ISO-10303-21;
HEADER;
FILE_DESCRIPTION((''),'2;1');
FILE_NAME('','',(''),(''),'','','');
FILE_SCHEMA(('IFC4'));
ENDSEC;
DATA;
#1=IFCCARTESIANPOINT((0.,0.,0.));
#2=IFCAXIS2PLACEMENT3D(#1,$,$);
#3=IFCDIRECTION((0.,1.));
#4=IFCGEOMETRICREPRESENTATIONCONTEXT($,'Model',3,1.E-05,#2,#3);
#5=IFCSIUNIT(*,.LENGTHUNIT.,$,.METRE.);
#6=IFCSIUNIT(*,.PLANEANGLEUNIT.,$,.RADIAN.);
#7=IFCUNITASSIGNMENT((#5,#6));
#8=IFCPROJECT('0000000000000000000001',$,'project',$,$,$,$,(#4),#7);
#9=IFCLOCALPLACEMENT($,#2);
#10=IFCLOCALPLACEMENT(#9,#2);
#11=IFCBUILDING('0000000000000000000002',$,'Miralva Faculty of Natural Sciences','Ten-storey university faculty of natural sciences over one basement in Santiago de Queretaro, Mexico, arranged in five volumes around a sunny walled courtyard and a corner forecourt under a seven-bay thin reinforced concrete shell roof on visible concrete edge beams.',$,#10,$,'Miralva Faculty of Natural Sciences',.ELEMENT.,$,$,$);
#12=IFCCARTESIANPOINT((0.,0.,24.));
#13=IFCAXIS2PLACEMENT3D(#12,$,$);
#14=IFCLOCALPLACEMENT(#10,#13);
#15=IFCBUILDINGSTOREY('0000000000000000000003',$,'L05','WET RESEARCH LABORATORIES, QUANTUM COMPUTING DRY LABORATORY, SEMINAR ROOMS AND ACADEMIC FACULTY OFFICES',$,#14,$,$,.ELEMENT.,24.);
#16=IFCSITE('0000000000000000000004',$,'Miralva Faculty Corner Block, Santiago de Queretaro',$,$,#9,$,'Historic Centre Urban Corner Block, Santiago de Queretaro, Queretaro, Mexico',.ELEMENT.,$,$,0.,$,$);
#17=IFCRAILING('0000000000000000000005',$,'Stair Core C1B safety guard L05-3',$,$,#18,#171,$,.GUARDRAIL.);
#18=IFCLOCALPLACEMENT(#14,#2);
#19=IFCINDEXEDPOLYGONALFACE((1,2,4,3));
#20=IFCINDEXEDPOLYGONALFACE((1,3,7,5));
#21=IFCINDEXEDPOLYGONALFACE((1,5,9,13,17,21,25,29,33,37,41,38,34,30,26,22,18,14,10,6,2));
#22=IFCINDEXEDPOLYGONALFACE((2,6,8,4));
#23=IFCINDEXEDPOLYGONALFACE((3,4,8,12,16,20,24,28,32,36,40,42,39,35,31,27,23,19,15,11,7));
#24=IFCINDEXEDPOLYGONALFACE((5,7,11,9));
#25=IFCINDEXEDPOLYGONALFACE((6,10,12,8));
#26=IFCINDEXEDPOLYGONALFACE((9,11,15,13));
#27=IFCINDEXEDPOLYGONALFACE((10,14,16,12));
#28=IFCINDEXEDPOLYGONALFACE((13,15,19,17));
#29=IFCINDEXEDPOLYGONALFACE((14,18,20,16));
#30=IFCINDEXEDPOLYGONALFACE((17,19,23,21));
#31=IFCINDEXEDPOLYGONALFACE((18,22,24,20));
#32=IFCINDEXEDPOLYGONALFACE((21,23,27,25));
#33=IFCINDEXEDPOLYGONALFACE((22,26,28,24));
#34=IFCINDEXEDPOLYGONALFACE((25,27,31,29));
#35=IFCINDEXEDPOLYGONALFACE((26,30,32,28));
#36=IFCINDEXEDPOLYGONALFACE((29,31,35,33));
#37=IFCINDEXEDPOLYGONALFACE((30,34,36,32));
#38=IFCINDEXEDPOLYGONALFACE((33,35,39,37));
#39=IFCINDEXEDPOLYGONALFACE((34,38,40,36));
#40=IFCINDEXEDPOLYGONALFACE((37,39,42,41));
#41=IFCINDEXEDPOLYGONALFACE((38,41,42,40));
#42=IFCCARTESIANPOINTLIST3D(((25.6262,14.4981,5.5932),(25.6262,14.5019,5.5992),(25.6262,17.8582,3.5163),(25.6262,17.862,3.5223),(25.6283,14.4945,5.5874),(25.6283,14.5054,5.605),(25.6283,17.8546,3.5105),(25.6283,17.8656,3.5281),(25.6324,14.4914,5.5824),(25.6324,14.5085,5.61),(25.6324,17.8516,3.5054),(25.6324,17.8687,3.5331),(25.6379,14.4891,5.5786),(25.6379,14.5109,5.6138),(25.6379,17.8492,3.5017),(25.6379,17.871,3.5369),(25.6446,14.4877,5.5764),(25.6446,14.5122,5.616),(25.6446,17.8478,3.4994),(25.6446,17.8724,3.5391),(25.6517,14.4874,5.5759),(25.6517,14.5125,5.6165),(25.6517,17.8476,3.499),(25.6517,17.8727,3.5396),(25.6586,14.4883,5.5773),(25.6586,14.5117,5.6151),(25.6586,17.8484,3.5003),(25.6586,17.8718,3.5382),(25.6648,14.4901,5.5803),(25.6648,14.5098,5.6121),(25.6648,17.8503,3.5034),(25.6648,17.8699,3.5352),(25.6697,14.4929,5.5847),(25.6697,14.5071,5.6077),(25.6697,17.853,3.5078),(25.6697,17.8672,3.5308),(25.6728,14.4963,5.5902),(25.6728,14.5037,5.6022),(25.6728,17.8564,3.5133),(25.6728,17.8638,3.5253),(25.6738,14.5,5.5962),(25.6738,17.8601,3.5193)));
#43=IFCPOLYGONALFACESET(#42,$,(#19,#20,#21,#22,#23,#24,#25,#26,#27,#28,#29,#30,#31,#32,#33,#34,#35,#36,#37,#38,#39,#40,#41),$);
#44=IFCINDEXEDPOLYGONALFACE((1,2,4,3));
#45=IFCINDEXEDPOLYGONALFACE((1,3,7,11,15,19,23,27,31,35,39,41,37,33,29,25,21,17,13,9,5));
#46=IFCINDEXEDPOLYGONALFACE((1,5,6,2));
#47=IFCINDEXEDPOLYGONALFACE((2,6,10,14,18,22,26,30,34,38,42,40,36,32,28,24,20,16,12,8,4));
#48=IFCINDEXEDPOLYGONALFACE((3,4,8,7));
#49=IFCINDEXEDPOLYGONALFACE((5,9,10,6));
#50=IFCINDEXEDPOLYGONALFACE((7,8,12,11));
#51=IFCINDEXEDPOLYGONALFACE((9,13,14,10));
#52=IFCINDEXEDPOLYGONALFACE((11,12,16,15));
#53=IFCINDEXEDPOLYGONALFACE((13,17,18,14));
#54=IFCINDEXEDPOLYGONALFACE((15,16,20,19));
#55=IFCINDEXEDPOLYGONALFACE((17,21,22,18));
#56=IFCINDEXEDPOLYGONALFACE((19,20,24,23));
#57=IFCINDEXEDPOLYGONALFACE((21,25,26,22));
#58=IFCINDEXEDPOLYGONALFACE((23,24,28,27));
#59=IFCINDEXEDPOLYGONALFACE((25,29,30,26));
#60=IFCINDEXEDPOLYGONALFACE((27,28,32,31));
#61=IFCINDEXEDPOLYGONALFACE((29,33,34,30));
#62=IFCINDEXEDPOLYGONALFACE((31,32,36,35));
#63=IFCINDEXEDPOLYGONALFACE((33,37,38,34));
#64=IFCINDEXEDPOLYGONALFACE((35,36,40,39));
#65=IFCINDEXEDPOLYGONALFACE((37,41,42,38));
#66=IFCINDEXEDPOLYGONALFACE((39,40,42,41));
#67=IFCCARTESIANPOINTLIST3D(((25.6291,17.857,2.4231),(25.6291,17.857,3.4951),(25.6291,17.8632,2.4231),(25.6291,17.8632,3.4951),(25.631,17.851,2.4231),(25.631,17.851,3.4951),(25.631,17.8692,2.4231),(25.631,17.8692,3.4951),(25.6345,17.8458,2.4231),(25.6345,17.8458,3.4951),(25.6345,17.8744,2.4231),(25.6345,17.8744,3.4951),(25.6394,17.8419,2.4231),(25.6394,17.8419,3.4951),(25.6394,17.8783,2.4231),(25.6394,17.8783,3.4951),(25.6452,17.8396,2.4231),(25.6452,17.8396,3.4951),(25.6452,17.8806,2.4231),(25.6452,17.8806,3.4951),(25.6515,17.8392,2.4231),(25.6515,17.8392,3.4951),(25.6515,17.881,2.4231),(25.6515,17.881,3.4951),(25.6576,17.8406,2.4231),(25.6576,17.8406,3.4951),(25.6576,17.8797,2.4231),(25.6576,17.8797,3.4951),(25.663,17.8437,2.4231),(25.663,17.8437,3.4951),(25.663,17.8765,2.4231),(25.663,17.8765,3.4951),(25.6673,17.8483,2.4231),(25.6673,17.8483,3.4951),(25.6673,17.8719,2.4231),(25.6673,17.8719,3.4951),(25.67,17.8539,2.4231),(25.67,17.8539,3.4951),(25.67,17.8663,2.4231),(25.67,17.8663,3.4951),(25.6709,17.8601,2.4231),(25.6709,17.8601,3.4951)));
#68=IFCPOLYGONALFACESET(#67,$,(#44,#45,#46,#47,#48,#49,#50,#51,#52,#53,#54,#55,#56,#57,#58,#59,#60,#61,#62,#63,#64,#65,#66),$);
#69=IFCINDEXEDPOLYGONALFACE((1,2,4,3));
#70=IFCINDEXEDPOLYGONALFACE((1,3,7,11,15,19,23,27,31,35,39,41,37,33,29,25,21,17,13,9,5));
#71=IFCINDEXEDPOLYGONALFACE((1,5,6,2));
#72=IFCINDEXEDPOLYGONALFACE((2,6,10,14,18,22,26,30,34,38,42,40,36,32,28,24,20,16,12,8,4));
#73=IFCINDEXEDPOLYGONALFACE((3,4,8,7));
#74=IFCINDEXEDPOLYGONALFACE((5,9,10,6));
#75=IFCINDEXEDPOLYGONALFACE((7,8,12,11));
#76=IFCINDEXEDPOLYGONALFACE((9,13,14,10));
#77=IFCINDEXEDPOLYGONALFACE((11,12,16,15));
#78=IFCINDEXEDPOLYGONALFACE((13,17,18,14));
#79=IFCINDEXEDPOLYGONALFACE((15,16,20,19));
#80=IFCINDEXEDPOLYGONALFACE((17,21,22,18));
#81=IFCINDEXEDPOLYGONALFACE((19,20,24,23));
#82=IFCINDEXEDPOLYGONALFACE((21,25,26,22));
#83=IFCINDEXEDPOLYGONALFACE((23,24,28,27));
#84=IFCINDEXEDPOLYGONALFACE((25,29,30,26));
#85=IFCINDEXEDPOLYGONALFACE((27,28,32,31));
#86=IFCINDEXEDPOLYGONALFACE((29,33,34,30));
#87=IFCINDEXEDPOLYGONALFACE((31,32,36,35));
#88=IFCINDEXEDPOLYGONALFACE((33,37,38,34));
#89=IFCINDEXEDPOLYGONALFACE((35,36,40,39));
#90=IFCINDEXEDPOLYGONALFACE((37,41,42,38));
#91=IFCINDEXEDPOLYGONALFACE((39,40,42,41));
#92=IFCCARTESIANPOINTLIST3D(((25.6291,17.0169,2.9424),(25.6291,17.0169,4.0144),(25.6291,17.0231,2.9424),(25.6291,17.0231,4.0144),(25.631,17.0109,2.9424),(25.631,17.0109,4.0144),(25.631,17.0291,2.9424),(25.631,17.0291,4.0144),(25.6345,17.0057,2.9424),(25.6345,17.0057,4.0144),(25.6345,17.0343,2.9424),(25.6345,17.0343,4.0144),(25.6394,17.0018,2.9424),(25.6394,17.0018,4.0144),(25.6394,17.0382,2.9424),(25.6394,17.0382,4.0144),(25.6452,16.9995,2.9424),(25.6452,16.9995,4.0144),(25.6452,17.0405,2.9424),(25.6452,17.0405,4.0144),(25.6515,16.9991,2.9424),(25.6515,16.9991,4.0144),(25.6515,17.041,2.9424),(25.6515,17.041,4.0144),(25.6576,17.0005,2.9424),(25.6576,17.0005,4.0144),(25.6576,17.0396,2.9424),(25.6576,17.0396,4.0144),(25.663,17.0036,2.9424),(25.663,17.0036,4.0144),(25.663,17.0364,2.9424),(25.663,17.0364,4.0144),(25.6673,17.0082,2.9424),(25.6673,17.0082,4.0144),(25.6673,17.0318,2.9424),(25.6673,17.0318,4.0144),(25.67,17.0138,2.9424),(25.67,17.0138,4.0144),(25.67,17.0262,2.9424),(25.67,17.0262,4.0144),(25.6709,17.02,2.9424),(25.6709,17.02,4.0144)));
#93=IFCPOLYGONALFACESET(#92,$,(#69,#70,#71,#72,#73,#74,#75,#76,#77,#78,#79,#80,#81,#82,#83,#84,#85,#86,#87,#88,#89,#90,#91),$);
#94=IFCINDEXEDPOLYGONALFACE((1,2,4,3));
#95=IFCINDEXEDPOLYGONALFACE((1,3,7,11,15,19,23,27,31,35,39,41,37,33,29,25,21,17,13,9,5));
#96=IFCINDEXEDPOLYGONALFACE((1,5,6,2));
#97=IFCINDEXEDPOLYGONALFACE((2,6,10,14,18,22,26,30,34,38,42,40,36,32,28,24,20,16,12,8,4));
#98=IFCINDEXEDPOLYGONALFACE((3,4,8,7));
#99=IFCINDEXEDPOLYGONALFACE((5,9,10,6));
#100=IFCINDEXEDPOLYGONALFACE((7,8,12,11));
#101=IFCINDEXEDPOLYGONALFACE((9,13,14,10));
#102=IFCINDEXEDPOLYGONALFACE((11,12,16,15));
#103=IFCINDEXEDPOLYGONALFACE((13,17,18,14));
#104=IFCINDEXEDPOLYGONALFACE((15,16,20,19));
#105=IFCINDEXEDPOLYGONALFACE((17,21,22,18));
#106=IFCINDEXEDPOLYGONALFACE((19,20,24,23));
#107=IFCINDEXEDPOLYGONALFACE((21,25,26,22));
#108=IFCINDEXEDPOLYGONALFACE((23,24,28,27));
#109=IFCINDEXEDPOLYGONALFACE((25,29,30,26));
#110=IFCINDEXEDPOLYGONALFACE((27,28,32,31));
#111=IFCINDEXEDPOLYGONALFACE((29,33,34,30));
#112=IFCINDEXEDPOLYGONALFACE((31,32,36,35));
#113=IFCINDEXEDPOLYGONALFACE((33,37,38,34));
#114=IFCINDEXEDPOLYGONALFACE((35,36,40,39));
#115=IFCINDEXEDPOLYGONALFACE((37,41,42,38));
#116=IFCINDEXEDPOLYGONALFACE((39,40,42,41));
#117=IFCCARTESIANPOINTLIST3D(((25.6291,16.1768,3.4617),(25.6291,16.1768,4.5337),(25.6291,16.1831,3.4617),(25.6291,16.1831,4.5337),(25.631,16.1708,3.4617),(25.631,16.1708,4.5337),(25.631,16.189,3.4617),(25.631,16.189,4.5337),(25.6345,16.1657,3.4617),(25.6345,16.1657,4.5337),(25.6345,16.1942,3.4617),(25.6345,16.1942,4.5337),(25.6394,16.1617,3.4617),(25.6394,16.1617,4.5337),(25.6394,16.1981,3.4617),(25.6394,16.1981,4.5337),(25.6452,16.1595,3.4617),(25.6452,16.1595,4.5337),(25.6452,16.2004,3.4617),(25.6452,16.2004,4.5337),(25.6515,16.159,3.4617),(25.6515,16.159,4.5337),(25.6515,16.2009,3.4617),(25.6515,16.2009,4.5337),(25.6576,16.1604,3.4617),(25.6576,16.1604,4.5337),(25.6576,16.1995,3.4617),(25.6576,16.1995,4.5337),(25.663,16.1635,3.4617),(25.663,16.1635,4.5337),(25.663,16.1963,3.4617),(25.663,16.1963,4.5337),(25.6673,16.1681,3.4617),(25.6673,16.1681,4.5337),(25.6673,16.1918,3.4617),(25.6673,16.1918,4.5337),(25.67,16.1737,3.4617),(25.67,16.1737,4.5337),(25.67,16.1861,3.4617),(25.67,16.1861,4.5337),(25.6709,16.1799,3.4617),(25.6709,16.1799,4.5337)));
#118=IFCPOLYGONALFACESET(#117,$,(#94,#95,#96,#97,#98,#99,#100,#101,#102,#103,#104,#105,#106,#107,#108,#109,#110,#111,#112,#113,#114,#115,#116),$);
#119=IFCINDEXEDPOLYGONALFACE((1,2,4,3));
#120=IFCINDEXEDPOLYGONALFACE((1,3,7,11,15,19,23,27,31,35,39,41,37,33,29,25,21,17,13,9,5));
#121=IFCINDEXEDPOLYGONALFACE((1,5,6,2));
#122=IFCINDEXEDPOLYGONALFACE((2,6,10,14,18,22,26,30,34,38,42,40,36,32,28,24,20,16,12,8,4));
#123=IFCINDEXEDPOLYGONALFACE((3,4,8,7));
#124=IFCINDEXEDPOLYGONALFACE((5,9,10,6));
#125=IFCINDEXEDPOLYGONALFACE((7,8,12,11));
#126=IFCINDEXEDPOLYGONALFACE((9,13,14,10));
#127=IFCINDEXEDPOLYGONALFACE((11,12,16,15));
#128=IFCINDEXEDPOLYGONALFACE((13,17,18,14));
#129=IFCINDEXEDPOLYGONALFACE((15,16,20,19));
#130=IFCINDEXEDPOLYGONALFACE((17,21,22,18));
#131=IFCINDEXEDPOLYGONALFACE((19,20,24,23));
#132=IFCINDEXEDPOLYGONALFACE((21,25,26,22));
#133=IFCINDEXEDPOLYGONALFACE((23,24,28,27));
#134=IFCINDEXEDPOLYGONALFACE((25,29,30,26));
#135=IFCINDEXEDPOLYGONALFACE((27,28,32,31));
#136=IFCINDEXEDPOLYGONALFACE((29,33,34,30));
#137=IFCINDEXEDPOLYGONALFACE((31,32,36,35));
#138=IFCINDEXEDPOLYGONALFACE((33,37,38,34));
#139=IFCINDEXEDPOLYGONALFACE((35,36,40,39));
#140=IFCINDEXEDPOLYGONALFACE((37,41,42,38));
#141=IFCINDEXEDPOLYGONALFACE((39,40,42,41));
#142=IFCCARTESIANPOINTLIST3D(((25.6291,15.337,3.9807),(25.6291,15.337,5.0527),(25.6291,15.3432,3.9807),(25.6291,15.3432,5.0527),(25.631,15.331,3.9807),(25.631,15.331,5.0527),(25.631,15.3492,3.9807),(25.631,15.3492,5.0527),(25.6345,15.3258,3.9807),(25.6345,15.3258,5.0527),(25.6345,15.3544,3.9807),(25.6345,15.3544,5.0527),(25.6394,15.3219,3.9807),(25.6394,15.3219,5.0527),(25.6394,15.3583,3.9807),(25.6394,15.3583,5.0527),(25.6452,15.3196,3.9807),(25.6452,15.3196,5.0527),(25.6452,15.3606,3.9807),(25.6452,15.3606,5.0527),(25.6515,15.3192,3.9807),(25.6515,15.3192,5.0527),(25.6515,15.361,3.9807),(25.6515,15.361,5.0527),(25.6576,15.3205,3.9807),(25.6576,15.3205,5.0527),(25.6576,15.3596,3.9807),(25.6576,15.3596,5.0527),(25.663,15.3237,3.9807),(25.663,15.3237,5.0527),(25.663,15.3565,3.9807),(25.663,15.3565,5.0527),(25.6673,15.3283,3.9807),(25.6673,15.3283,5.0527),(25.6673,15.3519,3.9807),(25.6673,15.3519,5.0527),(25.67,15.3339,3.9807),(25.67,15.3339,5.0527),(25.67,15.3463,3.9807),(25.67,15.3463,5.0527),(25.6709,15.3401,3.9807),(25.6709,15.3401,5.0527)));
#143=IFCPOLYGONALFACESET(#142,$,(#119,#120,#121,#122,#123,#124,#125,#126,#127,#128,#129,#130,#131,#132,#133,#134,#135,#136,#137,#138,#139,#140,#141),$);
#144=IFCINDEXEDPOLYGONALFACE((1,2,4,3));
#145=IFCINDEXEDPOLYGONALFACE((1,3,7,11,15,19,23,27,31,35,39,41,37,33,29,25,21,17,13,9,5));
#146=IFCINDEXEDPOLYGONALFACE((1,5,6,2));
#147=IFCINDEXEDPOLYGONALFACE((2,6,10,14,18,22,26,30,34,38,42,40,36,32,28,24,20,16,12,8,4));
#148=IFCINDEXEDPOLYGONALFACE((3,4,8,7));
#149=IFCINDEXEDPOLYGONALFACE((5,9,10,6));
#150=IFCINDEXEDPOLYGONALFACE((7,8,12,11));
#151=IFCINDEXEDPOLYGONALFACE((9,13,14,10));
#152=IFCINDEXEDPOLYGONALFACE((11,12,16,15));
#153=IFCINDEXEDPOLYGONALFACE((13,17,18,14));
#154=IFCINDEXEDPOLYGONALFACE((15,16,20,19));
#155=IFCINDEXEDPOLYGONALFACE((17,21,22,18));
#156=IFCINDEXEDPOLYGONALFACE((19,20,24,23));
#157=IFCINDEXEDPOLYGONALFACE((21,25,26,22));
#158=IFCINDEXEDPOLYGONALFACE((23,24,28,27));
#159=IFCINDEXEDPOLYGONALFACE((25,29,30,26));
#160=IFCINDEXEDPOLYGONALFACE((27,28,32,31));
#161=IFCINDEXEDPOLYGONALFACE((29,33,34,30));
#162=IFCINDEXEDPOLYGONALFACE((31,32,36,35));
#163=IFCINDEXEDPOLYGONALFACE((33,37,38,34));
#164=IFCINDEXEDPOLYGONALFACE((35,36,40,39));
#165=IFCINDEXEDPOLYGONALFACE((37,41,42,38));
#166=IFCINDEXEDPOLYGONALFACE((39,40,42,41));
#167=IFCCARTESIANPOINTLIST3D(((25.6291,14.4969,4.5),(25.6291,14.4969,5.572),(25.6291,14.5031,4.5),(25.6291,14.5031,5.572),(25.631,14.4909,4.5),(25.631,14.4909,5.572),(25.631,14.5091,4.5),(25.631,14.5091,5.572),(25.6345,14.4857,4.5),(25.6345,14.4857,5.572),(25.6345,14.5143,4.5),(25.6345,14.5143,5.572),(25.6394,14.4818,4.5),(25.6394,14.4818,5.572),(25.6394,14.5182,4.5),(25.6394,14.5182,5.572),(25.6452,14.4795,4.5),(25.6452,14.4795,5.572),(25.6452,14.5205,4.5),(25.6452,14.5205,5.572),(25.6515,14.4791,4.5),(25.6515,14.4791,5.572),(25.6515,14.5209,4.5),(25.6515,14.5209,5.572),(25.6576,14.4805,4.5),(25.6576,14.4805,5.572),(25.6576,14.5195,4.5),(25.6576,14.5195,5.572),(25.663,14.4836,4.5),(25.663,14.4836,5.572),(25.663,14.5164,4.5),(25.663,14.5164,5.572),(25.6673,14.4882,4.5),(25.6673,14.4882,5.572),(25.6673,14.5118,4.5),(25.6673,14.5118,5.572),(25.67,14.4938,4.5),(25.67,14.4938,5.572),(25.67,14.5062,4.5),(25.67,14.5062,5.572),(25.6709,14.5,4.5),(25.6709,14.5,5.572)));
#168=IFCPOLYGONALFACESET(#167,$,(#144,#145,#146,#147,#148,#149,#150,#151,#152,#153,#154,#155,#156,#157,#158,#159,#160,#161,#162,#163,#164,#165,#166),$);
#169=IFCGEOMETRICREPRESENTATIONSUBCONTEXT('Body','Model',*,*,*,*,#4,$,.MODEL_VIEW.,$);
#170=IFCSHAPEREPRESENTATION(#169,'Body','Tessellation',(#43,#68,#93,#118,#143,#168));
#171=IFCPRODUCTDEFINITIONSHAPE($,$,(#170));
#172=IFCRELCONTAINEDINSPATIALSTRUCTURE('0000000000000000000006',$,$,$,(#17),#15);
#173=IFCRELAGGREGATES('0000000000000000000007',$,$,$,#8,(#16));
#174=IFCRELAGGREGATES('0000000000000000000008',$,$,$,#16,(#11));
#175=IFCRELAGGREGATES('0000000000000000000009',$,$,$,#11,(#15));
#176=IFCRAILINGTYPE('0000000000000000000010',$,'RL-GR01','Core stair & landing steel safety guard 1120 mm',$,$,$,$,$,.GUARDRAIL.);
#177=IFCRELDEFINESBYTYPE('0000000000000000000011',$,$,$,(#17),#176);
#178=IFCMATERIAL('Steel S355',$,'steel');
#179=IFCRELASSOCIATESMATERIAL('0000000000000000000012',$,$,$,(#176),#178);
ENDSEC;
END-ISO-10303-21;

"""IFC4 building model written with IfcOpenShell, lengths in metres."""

from ifc_helpers import new_model, si_unit, direction, frame, origin, origin_2d, place, context, subcontext, project, spatial, circle, extrude, material, type_object, element, save


model = new_model("IFC4")

# Units and contexts
model_context = context("Model", 3, precision=1e-05, world=origin(), true_north=direction((0.0, 1.0)))
body_context = subcontext(model_context, "Body", "Model", "MODEL_VIEW")
ifc_project = project(units=[si_unit("LENGTHUNIT", "METRE"), si_unit("PLANEANGLEUNIT", "RADIAN")], contexts=[model_context])

# Site, building, storey
site_placement = place(None, origin())
site = spatial("IfcSite", under=ifc_project, at=site_placement, Name="Miralva Faculty Corner Block, Santiago de Queretaro", LongName="Historic Centre Urban Corner Block, Santiago de Queretaro, Queretaro, Mexico", CompositionType="ELEMENT", RefElevation=0.0)
building_placement = place(site_placement, origin())
building = spatial("IfcBuilding", under=site, at=building_placement, Name="Miralva Faculty of Natural Sciences", Description="Ten-storey university faculty of natural sciences over one basement in Santiago de Queretaro, Mexico, arranged in five volumes around a sunny walled courtyard and a corner forecourt under a seven-bay thin reinforced concrete shell roof on visible concrete edge beams.", LongName="Miralva Faculty of Natural Sciences", CompositionType="ELEMENT")
storey_placement = place(building_placement, frame((0.0, 0.0, 24.0)))
storey = spatial("IfcBuildingStorey", under=building, at=storey_placement, Name="L05", Description="WET RESEARCH LABORATORIES, QUANTUM COMPUTING DRY LABORATORY, SEMINAR ROOMS AND ACADEMIC FACULTY OFFICES", CompositionType="ELEMENT", Elevation=24.0)

# Railing
ifc_material_1 = material(Name="Steel S355", Category="steel")
railing_type_1 = type_object("IfcRailingType", Name="RL-GR01", Description="Core stair & landing steel safety guard 1120 mm", PredefinedType="GUARDRAIL", material=ifc_material_1)
railing_1_placement = place(storey_placement, frame((25.6499, 17.8601, 2.4231)))
element("IfcRailing", 1, at=railing_1_placement, inside=storey, type_object=railing_type_1, Name="Stair Core C1B safety guard L05-3", PredefinedType="GUARDRAIL", context=body_context, shape_type="SweptSolid", body=[
    extrude(circle(Radius=0.0239, at=origin_2d()), frame((0.0, 0.0, 1.0962), z_axis=(0.0, -0.850623, 0.525776), x_axis=(1.0, 0.0, 0.0)), (0.0, 0.0, 1.0), 3.9502),
    extrude(circle(Radius=0.021, at=origin_2d()), origin(), (0.0, 0.0, 1.0), 1.072),
    extrude(circle(Radius=0.021, at=origin_2d()), frame((0.0, -0.8401, 0.5193)), (0.0, 0.0, 1.0), 1.072),
    extrude(circle(Radius=0.021, at=origin_2d()), frame((0.0, -1.6802, 1.0386)), (0.0, 0.0, 1.0), 1.072),
    extrude(circle(Radius=0.021, at=origin_2d()), frame((0.0, -2.52, 1.5576)), (0.0, 0.0, 1.0), 1.072),
    extrude(circle(Radius=0.021, at=origin_2d()), frame((0.0, -3.3601, 2.0769)), (0.0, 0.0, 1.0), 1.072),
])

save(model, "model.ifc")
